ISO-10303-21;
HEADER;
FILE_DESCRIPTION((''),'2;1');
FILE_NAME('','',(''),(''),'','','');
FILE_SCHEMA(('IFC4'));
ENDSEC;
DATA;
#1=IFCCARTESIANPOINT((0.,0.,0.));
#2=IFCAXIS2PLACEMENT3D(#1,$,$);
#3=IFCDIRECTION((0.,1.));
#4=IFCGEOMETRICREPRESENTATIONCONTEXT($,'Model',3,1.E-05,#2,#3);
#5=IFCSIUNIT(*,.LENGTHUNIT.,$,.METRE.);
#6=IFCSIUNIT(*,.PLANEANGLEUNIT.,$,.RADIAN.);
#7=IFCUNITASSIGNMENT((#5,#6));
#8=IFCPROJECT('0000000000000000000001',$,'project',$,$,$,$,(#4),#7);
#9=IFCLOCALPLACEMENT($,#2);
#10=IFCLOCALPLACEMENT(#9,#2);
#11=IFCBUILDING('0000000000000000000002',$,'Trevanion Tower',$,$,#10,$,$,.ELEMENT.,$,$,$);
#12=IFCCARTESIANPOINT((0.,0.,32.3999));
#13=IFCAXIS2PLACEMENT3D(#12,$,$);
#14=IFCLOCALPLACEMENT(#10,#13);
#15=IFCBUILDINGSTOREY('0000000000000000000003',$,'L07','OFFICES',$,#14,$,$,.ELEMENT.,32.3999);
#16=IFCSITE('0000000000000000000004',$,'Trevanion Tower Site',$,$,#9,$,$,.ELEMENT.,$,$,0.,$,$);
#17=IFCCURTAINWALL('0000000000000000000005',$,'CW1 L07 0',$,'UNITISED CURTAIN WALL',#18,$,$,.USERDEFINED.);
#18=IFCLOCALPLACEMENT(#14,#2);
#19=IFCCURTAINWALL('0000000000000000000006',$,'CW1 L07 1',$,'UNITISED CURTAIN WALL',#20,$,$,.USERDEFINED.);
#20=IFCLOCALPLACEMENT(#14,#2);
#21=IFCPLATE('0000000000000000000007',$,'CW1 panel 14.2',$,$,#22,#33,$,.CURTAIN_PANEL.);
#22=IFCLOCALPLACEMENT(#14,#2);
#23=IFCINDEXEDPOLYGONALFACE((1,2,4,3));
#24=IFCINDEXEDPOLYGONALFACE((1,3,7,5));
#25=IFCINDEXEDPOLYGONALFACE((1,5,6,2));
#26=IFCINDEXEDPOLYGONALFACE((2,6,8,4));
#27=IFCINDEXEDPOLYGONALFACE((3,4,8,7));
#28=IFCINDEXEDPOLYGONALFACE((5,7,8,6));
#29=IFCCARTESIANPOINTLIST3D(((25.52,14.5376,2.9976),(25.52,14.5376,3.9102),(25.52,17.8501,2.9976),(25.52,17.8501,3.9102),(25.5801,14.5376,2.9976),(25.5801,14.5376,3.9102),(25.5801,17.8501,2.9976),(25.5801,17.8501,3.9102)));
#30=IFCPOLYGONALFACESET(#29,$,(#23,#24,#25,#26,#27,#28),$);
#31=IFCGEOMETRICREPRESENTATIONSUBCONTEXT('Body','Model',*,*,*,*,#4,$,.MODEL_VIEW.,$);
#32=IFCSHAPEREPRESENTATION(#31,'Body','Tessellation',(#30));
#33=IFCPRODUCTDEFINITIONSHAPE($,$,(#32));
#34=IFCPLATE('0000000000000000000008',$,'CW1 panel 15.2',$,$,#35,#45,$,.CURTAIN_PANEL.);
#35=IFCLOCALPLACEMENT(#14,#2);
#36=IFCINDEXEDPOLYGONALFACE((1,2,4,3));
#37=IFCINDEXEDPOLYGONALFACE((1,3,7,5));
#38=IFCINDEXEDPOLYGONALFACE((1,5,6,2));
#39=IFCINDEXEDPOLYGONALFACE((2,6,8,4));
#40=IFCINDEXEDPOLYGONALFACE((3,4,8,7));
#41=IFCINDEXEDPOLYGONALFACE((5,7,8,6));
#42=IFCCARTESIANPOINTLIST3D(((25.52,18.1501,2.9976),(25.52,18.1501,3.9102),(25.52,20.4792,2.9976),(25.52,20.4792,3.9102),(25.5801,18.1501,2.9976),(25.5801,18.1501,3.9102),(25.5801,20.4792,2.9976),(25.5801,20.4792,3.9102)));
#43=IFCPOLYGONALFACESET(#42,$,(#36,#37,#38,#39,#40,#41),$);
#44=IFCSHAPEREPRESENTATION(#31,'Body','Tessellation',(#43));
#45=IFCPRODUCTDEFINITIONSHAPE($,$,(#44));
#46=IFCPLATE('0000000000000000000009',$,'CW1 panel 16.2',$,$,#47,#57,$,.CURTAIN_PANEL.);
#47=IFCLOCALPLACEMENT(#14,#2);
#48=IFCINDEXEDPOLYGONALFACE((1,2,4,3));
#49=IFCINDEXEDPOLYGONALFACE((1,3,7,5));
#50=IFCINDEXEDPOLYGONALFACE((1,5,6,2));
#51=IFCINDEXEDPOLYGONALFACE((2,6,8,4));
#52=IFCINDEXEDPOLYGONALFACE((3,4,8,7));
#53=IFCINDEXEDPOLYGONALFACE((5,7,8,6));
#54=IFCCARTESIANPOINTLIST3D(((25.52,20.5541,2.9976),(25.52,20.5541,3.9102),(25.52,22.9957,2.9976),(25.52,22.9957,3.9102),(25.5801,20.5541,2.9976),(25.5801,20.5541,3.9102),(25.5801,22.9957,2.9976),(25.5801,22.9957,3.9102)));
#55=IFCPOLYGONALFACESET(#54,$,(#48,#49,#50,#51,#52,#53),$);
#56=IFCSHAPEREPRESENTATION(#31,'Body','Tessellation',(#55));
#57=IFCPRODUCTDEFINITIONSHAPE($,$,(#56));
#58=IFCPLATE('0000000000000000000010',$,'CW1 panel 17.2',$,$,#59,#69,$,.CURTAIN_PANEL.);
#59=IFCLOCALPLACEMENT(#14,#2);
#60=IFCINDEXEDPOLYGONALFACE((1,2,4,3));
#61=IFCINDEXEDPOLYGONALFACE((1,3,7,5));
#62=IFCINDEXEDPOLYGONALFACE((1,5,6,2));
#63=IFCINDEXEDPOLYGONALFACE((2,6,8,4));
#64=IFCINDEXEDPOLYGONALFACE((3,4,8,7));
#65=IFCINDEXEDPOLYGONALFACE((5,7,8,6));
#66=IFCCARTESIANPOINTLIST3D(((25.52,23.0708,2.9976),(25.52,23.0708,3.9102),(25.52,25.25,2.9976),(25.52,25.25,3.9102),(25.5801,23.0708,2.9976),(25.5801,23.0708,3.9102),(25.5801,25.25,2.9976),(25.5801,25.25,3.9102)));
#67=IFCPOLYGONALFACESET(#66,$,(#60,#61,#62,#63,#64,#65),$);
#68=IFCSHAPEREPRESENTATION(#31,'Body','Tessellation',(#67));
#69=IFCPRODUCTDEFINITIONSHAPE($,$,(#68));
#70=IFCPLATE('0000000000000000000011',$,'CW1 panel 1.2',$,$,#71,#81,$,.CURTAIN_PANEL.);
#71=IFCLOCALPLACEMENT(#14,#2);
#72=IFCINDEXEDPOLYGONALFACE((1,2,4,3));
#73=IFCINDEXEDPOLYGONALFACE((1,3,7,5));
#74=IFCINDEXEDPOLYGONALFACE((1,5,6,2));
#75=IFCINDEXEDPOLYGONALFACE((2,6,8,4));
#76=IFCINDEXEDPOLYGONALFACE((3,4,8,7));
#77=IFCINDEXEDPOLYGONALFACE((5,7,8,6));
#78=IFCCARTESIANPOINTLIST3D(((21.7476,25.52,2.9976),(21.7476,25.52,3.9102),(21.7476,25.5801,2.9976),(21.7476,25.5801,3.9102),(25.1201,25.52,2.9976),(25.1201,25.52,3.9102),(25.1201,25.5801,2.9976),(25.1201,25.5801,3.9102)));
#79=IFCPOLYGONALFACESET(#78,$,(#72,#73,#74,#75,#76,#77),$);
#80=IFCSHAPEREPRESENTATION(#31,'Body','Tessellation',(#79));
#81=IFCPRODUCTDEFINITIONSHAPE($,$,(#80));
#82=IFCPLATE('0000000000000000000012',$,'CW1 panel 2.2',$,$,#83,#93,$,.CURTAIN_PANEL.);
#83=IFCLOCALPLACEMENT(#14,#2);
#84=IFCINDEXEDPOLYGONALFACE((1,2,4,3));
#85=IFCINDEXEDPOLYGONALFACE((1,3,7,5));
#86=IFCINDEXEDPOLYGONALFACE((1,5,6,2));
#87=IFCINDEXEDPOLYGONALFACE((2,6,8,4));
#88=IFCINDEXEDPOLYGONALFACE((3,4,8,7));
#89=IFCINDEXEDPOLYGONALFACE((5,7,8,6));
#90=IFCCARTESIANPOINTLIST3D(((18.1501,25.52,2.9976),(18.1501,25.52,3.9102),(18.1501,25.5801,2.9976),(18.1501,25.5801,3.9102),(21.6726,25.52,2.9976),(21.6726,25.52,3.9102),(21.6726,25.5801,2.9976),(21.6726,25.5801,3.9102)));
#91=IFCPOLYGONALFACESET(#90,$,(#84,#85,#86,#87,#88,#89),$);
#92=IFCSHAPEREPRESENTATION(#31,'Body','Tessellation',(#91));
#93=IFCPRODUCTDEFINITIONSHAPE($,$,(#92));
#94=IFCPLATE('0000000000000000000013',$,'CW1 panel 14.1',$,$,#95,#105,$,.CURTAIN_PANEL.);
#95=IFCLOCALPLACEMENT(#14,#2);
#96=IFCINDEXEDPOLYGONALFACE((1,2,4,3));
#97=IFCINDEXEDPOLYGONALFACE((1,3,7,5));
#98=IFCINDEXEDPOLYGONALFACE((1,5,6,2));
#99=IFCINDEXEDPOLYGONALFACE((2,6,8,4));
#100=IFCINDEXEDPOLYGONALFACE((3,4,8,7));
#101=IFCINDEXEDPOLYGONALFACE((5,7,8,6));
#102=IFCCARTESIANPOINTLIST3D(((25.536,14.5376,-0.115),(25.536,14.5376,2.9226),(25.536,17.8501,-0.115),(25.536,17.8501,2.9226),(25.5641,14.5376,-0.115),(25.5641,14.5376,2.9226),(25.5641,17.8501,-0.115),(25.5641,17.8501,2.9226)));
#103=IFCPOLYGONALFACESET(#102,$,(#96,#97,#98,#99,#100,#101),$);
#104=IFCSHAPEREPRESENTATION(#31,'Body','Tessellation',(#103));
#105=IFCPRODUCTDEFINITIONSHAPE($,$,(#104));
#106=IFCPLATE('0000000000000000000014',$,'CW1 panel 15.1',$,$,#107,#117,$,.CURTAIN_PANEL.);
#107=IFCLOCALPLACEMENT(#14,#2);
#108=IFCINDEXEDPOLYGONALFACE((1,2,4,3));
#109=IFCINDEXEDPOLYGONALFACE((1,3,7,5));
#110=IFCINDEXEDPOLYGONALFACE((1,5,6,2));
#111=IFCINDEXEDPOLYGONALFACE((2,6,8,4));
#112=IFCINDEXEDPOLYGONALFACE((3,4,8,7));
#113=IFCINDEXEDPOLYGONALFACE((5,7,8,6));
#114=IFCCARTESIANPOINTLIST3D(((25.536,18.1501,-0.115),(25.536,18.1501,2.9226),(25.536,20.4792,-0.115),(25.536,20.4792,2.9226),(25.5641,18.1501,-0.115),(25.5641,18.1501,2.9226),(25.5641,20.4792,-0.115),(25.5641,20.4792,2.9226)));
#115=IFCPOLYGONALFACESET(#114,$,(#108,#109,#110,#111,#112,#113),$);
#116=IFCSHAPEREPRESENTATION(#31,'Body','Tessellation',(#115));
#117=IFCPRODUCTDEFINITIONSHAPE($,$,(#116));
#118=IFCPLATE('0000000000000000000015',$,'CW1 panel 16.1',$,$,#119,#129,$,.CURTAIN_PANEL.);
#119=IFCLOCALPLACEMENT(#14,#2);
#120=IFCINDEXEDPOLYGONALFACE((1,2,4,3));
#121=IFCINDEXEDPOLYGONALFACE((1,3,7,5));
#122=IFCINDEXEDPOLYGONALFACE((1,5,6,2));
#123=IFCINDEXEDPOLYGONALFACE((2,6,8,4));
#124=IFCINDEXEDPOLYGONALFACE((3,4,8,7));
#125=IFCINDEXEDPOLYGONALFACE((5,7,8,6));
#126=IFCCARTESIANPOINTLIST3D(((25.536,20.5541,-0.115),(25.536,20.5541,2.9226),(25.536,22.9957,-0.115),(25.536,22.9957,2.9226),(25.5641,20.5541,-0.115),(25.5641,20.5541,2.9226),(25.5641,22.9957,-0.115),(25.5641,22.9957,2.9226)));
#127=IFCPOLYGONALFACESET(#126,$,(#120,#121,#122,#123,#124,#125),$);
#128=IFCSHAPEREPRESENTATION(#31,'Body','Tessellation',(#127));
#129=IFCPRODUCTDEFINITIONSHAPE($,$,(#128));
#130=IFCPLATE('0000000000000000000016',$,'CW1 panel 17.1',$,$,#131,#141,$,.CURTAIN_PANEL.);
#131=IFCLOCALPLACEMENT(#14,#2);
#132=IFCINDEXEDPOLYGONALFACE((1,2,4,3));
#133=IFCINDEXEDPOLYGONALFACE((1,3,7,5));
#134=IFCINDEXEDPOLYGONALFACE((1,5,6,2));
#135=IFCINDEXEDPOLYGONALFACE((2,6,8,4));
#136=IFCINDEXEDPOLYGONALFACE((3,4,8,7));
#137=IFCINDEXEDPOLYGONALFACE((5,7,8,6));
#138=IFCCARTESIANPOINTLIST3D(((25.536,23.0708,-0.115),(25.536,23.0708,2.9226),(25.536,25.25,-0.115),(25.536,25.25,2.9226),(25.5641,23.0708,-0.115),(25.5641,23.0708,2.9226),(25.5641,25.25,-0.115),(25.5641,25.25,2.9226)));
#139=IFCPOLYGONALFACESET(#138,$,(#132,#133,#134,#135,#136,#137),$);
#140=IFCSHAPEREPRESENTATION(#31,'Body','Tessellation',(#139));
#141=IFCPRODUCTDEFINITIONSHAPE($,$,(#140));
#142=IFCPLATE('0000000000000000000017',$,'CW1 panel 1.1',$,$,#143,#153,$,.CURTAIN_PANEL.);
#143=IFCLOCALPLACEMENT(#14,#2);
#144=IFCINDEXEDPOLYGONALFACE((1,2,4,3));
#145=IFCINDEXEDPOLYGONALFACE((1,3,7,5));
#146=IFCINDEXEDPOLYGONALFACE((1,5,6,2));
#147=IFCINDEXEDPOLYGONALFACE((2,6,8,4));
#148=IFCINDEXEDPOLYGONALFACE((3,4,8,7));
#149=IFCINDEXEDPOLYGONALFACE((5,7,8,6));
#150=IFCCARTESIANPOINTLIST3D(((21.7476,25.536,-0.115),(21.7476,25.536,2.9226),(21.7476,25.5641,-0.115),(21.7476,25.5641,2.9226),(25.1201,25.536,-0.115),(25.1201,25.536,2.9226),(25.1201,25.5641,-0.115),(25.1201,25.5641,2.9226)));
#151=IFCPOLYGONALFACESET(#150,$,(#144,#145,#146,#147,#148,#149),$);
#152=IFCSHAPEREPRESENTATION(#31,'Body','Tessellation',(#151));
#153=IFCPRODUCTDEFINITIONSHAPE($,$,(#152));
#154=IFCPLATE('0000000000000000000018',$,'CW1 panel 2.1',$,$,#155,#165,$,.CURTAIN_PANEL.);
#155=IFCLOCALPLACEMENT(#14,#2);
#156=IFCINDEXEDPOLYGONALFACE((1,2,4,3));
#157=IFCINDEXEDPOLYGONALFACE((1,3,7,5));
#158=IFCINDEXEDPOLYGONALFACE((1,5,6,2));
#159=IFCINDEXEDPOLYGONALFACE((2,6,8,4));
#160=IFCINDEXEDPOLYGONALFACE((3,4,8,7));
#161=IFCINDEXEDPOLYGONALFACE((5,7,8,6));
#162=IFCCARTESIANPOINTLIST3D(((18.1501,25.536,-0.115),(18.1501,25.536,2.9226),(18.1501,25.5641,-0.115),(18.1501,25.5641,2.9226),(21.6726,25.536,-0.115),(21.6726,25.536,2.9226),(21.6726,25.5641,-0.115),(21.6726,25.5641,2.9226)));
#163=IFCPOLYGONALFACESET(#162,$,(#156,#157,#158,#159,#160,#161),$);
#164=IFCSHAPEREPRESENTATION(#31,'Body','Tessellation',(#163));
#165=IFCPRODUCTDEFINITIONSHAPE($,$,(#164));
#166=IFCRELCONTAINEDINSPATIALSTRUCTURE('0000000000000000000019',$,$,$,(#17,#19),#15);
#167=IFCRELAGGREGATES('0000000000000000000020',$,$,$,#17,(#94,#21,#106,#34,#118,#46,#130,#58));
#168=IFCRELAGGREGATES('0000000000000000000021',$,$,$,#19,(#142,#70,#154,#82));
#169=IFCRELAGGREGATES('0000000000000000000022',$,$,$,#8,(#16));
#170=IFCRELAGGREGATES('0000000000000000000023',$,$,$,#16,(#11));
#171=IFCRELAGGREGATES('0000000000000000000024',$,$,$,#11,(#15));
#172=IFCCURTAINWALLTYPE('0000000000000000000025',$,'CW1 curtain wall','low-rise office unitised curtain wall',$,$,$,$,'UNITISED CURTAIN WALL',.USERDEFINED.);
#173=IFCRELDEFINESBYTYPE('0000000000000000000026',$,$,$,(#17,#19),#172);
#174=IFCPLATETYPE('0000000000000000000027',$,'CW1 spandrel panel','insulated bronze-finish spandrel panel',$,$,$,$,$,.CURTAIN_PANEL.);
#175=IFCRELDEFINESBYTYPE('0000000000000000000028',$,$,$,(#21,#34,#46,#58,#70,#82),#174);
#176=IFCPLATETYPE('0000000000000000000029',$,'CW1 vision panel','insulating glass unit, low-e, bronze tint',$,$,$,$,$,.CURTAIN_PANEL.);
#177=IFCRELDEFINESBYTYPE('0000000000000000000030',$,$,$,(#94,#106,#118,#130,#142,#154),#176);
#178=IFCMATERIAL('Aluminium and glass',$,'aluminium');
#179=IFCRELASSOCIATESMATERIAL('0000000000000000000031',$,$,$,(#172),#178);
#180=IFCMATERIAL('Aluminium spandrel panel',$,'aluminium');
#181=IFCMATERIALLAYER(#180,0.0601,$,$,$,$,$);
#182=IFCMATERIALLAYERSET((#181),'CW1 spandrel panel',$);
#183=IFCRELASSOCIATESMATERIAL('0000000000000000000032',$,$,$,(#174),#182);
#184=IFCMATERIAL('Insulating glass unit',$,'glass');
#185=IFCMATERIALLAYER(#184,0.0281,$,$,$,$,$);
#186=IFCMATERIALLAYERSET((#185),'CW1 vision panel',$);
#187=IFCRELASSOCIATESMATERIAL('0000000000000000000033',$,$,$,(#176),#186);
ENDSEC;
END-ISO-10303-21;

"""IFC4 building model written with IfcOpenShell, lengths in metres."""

from ifc_helpers import new_model, si_unit, direction, frame, origin, origin_2d, place, context, subcontext, project, spatial, rectangle, extrude, material, layer, layer_set, type_object, element, aggregate, save


model = new_model("IFC4")

# Units and contexts
model_context = context("Model", 3, precision=1e-05, world=origin(), true_north=direction((0.0, 1.0)))
body_context = subcontext(model_context, "Body", "Model", "MODEL_VIEW")
ifc_project = project(units=[si_unit("LENGTHUNIT", "METRE"), si_unit("PLANEANGLEUNIT", "RADIAN")], contexts=[model_context])

# Site, building, storey
site_placement = place(None, origin())
site = spatial("IfcSite", under=ifc_project, at=site_placement, Name="Trevanion Tower Site", CompositionType="ELEMENT", RefElevation=0.0)
building_placement = place(site_placement, origin())
building = spatial("IfcBuilding", under=site, at=building_placement, Name="Trevanion Tower", CompositionType="ELEMENT")
storey_placement = place(building_placement, frame((0.0, 0.0, 32.3999)))
storey = spatial("IfcBuildingStorey", under=building, at=storey_placement, Name="L07", Description="OFFICES", CompositionType="ELEMENT", Elevation=32.3999)

# Curtain wall
ifc_material_1 = material(Name="Aluminium and glass", Category="aluminium")
curtain_wall_type = type_object("IfcCurtainWallType", Name="CW1 curtain wall", Description="low-rise office unitised curtain wall", ElementType="UNITISED CURTAIN WALL", PredefinedType="USERDEFINED", material=ifc_material_1)
curtain_wall_1_placement = place(storey_placement, origin())
curtain_wall_1 = element("IfcCurtainWall", 1, at=curtain_wall_1_placement, inside=storey, type_object=curtain_wall_type, Name="CW1 L07 0", ObjectType="UNITISED CURTAIN WALL", PredefinedType="USERDEFINED")

# Curtain wall
curtain_wall_2_placement = place(storey_placement, origin())
curtain_wall_2 = element("IfcCurtainWall", 2, at=curtain_wall_2_placement, inside=storey, type_object=curtain_wall_type, Name="CW1 L07 1", ObjectType="UNITISED CURTAIN WALL", PredefinedType="USERDEFINED")

# Plates
ifc_material_2 = material(Name="Aluminium spandrel panel", Category="aluminium")
ifc_layer_1 = layer(ifc_material_2, 0.0601)
ifc_layer_set_1 = layer_set([ifc_layer_1], Name="CW1 spandrel panel")
plate_type_1 = type_object("IfcPlateType", Name="CW1 spandrel panel", Description="insulated bronze-finish spandrel panel", PredefinedType="CURTAIN_PANEL", material=ifc_layer_set_1)
plate_1_placement = place(storey_placement, frame((25.55, 16.1938, 2.9976), z_axis=(0.0, 0.0, 1.0), x_axis=(0.0, 1.0, 0.0)))
plate_1 = element("IfcPlate", 3, at=plate_1_placement, type_object=plate_type_1, Name="CW1 panel 14.2", PredefinedType="CURTAIN_PANEL", context=body_context, shape_type="SweptSolid", body=[
    extrude(rectangle(XDim=3.3125, YDim=0.0601, at=origin_2d()), origin(), (0.0, 0.0, 1.0), 0.9126),
])
plate_2_placement = place(storey_placement, frame((25.55, 19.3147, 2.9976), z_axis=(0.0, 0.0, 1.0), x_axis=(0.0, 1.0, 0.0)))
plate_2 = element("IfcPlate", 4, at=plate_2_placement, type_object=plate_type_1, Name="CW1 panel 15.2", PredefinedType="CURTAIN_PANEL", context=body_context, shape_type="SweptSolid", body=[
    extrude(rectangle(XDim=2.3291, YDim=0.0601, at=origin_2d()), origin(), (0.0, 0.0, 1.0), 0.9126),
])
plate_3_placement = place(storey_placement, frame((25.55, 21.7749, 2.9976), z_axis=(0.0, 0.0, 1.0), x_axis=(0.0, 1.0, 0.0)))
plate_3 = element("IfcPlate", 5, at=plate_3_placement, type_object=plate_type_1, Name="CW1 panel 16.2", PredefinedType="CURTAIN_PANEL", context=body_context, shape_type="SweptSolid", body=[
    extrude(rectangle(XDim=2.4417, YDim=0.0601, at=origin_2d()), origin(), (0.0, 0.0, 1.0), 0.9126),
])
plate_4_placement = place(storey_placement, frame((25.55, 24.1604, 2.9976), z_axis=(0.0, 0.0, 1.0), x_axis=(0.0, 1.0, 0.0)))
plate_4 = element("IfcPlate", 6, at=plate_4_placement, type_object=plate_type_1, Name="CW1 panel 17.2", PredefinedType="CURTAIN_PANEL", context=body_context, shape_type="SweptSolid", body=[
    extrude(rectangle(XDim=2.1792, YDim=0.0601, at=origin_2d()), origin(), (0.0, 0.0, 1.0), 0.9126),
])
plate_5_placement = place(storey_placement, frame((23.4338, 25.55, 2.9976), z_axis=(0.0, 0.0, 1.0), x_axis=(-1.0, 0.0, 0.0)))
plate_5 = element("IfcPlate", 7, at=plate_5_placement, type_object=plate_type_1, Name="CW1 panel 1.2", PredefinedType="CURTAIN_PANEL", context=body_context, shape_type="SweptSolid", body=[
    extrude(rectangle(XDim=3.3726, YDim=0.0601, at=origin_2d()), origin(), (0.0, 0.0, 1.0), 0.9126),
])
plate_6_placement = place(storey_placement, frame((19.9114, 25.55, 2.9976), z_axis=(0.0, 0.0, 1.0), x_axis=(-1.0, 0.0, 0.0)))
plate_6 = element("IfcPlate", 8, at=plate_6_placement, type_object=plate_type_1, Name="CW1 panel 2.2", PredefinedType="CURTAIN_PANEL", context=body_context, shape_type="SweptSolid", body=[
    extrude(rectangle(XDim=3.5225, YDim=0.0601, at=origin_2d()), origin(), (0.0, 0.0, 1.0), 0.9126),
])
ifc_material_3 = material(Name="Insulating glass unit", Category="glass")
ifc_layer_2 = layer(ifc_material_3, 0.0281)
ifc_layer_set_2 = layer_set([ifc_layer_2], Name="CW1 vision panel")
plate_type_2 = type_object("IfcPlateType", Name="CW1 vision panel", Description="insulating glass unit, low-e, bronze tint", PredefinedType="CURTAIN_PANEL", material=ifc_layer_set_2)
plate_7_placement = place(storey_placement, frame((25.55, 16.1938, -0.115), z_axis=(0.0, 0.0, 1.0), x_axis=(0.0, 1.0, 0.0)))
plate_7 = element("IfcPlate", 9, at=plate_7_placement, type_object=plate_type_2, Name="CW1 panel 14.1", PredefinedType="CURTAIN_PANEL", context=body_context, shape_type="SweptSolid", body=[
    extrude(rectangle(XDim=3.3125, YDim=0.0281, at=origin_2d()), origin(), (0.0, 0.0, 1.0), 3.0376),
])
plate_8_placement = place(storey_placement, frame((25.55, 19.3147, -0.115), z_axis=(0.0, 0.0, 1.0), x_axis=(0.0, 1.0, 0.0)))
plate_8 = element("IfcPlate", 10, at=plate_8_placement, type_object=plate_type_2, Name="CW1 panel 15.1", PredefinedType="CURTAIN_PANEL", context=body_context, shape_type="SweptSolid", body=[
    extrude(rectangle(XDim=2.3291, YDim=0.0281, at=origin_2d()), origin(), (0.0, 0.0, 1.0), 3.0376),
])
plate_9_placement = place(storey_placement, frame((25.55, 21.7749, -0.115), z_axis=(0.0, 0.0, 1.0), x_axis=(0.0, 1.0, 0.0)))
plate_9 = element("IfcPlate", 11, at=plate_9_placement, type_object=plate_type_2, Name="CW1 panel 16.1", PredefinedType="CURTAIN_PANEL", context=body_context, shape_type="SweptSolid", body=[
    extrude(rectangle(XDim=2.4417, YDim=0.0281, at=origin_2d()), origin(), (0.0, 0.0, 1.0), 3.0376),
])
plate_10_placement = place(storey_placement, frame((25.55, 24.1604, -0.115), z_axis=(0.0, 0.0, 1.0), x_axis=(0.0, 1.0, 0.0)))
plate_10 = element("IfcPlate", 12, at=plate_10_placement, type_object=plate_type_2, Name="CW1 panel 17.1", PredefinedType="CURTAIN_PANEL", context=body_context, shape_type="SweptSolid", body=[
    extrude(rectangle(XDim=2.1792, YDim=0.0281, at=origin_2d()), origin(), (0.0, 0.0, 1.0), 3.0376),
])
aggregate(curtain_wall_1, [plate_7, plate_1, plate_8, plate_2, plate_9, plate_3, plate_10, plate_4])
plate_11_placement = place(storey_placement, frame((23.4338, 25.55, -0.115), z_axis=(0.0, 0.0, 1.0), x_axis=(-1.0, 0.0, 0.0)))
plate_11 = element("IfcPlate", 13, at=plate_11_placement, type_object=plate_type_2, Name="CW1 panel 1.1", PredefinedType="CURTAIN_PANEL", context=body_context, shape_type="SweptSolid", body=[
    extrude(rectangle(XDim=3.3726, YDim=0.0281, at=origin_2d()), origin(), (0.0, 0.0, 1.0), 3.0376),
])
plate_12_placement = place(storey_placement, frame((19.9114, 25.55, -0.115), z_axis=(0.0, 0.0, 1.0), x_axis=(-1.0, 0.0, 0.0)))
plate_12 = element("IfcPlate", 14, at=plate_12_placement, type_object=plate_type_2, Name="CW1 panel 2.1", PredefinedType="CURTAIN_PANEL", context=body_context, shape_type="SweptSolid", body=[
    extrude(rectangle(XDim=3.5225, YDim=0.0281, at=origin_2d()), origin(), (0.0, 0.0, 1.0), 3.0376),
])
aggregate(curtain_wall_2, [plate_11, plate_5, plate_12, plate_6])

save(model, "model.ifc")
